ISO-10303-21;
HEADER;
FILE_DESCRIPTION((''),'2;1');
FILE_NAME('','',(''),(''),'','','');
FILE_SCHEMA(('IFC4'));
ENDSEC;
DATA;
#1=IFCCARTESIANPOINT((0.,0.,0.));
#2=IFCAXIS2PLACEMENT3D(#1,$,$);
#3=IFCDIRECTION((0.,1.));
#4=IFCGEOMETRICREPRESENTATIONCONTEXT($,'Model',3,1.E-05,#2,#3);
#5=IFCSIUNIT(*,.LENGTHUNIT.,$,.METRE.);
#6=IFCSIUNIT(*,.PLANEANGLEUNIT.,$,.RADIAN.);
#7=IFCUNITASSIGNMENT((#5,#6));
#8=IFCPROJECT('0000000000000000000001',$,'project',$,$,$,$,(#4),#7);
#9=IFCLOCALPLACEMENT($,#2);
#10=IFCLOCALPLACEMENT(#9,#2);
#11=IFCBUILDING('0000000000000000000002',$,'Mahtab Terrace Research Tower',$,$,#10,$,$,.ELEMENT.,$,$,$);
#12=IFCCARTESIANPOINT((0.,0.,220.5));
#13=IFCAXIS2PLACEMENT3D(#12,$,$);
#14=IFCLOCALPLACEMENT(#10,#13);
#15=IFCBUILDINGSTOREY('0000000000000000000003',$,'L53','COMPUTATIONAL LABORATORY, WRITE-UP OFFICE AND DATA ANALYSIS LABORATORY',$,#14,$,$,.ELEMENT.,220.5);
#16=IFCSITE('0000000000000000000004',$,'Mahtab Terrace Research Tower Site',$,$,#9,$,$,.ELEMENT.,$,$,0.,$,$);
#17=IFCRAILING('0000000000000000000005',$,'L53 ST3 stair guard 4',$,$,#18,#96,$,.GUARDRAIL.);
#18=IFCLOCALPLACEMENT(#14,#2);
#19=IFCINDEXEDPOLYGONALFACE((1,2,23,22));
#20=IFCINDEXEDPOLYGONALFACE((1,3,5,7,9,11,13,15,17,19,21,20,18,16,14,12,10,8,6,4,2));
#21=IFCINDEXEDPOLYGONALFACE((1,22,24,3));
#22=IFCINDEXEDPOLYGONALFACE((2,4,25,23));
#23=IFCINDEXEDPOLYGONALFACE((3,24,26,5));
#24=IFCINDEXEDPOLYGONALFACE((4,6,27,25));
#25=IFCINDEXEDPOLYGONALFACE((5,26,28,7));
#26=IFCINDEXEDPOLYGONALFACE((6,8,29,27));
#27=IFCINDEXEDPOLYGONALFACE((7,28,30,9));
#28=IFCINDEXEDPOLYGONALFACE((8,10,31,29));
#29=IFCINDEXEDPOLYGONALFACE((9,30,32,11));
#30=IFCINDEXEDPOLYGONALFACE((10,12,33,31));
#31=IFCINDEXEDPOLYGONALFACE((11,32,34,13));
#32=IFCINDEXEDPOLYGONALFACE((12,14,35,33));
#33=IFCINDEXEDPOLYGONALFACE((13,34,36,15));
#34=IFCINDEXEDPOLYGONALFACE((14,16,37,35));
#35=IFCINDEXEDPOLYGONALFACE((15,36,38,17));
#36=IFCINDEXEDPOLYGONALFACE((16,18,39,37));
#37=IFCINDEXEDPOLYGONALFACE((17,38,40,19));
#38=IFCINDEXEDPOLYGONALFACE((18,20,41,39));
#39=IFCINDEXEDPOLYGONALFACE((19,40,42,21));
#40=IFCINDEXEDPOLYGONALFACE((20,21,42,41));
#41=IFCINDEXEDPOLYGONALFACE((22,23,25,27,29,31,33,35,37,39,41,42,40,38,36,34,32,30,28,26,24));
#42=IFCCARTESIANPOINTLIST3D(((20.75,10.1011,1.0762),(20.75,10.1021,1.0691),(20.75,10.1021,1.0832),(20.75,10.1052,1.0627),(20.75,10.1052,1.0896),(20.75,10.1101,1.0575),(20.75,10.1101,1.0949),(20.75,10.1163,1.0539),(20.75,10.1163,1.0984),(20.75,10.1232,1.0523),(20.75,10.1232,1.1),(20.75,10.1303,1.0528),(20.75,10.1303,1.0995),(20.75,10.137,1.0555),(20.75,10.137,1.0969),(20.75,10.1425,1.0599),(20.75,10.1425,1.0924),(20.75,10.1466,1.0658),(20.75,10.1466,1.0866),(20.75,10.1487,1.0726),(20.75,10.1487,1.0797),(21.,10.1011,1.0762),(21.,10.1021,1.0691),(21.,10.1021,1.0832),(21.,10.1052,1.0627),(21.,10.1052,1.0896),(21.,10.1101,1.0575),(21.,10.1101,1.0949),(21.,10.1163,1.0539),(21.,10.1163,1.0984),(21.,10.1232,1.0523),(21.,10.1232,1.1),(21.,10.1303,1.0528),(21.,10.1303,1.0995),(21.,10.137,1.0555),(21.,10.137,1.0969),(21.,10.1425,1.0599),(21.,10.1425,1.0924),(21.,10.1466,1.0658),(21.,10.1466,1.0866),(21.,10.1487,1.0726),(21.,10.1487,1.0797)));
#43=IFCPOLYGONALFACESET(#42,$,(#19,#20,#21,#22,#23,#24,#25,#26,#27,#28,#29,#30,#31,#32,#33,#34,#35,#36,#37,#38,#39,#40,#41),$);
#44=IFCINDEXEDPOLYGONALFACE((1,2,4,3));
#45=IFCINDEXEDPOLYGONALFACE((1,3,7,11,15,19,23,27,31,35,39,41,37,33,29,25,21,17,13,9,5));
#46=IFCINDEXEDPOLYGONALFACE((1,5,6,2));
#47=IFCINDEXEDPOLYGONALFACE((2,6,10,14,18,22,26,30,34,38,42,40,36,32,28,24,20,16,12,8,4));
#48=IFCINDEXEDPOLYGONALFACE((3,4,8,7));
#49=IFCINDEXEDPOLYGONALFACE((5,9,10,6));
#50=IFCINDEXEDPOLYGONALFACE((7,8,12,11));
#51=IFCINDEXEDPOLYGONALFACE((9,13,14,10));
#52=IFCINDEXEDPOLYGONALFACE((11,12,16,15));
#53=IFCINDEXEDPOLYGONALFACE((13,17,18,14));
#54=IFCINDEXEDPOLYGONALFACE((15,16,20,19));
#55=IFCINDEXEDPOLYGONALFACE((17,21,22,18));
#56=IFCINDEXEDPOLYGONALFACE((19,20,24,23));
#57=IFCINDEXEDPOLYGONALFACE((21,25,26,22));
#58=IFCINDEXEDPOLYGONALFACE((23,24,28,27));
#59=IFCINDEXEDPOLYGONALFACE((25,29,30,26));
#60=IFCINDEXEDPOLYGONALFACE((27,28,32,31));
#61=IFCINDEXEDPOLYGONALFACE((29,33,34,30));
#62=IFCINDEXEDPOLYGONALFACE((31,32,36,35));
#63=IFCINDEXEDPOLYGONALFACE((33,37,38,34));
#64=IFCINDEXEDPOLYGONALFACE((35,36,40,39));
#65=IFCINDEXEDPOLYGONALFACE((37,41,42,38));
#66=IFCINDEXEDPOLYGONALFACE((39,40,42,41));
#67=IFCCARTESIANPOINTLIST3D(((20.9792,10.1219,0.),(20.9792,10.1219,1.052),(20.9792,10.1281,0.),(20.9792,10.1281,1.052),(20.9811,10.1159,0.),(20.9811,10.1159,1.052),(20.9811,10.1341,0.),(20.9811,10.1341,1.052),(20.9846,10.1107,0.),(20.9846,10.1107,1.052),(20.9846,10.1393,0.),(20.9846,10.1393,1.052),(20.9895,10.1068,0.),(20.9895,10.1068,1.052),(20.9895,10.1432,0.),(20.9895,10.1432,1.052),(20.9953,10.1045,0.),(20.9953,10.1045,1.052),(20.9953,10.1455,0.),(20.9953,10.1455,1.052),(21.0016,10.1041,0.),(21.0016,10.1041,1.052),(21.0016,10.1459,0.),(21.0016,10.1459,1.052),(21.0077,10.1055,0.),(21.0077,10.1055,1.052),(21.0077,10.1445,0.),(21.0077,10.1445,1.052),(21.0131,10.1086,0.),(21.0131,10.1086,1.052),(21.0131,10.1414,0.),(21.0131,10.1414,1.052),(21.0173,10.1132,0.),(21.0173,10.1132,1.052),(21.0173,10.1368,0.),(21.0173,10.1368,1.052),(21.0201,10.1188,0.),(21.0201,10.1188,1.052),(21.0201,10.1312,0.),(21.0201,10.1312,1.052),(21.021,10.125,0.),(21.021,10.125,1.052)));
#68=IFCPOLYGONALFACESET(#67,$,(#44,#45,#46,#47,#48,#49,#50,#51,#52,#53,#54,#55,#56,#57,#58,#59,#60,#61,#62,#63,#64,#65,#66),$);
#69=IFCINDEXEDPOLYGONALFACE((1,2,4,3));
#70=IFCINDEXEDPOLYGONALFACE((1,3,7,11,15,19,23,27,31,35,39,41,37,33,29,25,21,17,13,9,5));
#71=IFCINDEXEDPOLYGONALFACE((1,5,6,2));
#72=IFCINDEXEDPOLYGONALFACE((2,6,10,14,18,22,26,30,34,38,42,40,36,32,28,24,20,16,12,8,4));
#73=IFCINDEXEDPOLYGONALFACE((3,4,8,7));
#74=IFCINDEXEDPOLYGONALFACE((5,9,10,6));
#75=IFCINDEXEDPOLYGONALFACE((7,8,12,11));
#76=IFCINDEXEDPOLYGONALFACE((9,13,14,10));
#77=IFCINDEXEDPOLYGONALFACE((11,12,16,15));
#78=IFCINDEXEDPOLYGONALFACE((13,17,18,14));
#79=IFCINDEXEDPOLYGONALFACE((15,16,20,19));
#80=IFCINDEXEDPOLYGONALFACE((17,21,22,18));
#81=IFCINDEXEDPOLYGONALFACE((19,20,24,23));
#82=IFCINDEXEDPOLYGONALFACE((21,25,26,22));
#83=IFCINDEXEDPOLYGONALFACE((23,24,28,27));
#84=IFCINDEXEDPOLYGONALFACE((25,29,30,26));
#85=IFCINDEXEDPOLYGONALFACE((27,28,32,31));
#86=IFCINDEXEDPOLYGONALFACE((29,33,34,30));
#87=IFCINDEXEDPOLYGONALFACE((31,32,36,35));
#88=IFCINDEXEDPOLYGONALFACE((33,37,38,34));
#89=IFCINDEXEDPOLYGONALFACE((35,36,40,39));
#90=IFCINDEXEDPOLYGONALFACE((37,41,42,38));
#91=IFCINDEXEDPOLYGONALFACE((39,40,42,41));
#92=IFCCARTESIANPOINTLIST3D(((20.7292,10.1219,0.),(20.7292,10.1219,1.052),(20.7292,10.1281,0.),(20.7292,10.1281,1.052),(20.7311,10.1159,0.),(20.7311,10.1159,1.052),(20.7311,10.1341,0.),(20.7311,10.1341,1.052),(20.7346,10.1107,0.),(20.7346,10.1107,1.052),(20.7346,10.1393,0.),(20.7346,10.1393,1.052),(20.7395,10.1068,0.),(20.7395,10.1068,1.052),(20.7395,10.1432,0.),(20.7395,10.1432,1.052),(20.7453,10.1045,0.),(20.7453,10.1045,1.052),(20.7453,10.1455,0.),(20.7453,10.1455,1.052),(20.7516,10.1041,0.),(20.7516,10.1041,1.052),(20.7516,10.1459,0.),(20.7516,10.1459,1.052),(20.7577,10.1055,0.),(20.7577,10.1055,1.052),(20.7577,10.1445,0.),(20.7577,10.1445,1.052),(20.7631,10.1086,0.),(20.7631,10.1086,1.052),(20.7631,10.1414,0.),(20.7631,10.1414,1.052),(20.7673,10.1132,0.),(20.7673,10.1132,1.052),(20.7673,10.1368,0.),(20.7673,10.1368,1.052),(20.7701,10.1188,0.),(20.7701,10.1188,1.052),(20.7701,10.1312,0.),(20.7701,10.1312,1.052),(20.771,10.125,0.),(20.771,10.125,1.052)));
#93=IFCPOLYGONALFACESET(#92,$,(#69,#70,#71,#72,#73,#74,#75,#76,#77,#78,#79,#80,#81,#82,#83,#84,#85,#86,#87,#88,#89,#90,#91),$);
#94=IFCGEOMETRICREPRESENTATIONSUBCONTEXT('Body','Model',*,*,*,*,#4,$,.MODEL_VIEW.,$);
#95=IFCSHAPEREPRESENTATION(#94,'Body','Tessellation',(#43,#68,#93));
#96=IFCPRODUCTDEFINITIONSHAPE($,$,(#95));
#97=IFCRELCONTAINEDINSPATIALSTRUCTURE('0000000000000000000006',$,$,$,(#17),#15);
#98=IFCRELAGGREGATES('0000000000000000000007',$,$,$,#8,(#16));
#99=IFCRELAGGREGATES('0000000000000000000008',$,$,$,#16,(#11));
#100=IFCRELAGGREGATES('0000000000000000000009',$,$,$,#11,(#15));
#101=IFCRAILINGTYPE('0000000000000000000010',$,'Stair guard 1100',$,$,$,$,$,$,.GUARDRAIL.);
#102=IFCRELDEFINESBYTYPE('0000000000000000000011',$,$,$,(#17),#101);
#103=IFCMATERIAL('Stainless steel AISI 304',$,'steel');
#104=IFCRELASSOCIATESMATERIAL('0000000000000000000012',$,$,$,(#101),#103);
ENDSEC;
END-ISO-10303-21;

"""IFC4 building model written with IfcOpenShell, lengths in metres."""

from ifc_helpers import new_model, si_unit, direction, frame, origin, origin_2d, place, context, subcontext, project, spatial, circle, extrude, material, type_object, element, save


model = new_model("IFC4")

# Units and contexts
model_context = context("Model", 3, precision=1e-05, world=origin(), true_north=direction((0.0, 1.0)))
body_context = subcontext(model_context, "Body", "Model", "MODEL_VIEW")
ifc_project = project(units=[si_unit("LENGTHUNIT", "METRE"), si_unit("PLANEANGLEUNIT", "RADIAN")], contexts=[model_context])

# Site, building, storey
site_placement = place(None, origin())
site = spatial("IfcSite", under=ifc_project, at=site_placement, Name="Mahtab Terrace Research Tower Site", CompositionType="ELEMENT", RefElevation=0.0)
building_placement = place(site_placement, origin())
building = spatial("IfcBuilding", under=site, at=building_placement, Name="Mahtab Terrace Research Tower", CompositionType="ELEMENT")
storey_placement = place(building_placement, frame((0.0, 0.0, 220.5)))
storey = spatial("IfcBuildingStorey", under=building, at=storey_placement, Name="L53", Description="COMPUTATIONAL LABORATORY, WRITE-UP OFFICE AND DATA ANALYSIS LABORATORY", CompositionType="ELEMENT", Elevation=220.5)

# Railing
ifc_material_1 = material(Name="Stainless steel AISI 304", Category="steel")
railing_type_1 = type_object("IfcRailingType", Name="Stair guard 1100", PredefinedType="GUARDRAIL", material=ifc_material_1)
railing_1_placement = place(storey_placement, frame((21.0, 10.125, 0.0)))
element("IfcRailing", 1, at=railing_1_placement, inside=storey, type_object=railing_type_1, Name="L53 ST3 stair guard 4", PredefinedType="GUARDRAIL", context=body_context, shape_type="SweptSolid", body=[
    extrude(circle(Radius=0.0239, at=origin_2d()), frame((0.0, 0.0, 1.0762), z_axis=(-1.0, 0.0, 0.0), x_axis=(0.0, -1.0, 0.0)), (0.0, 0.0, 1.0), 0.25),
    extrude(circle(Radius=0.021, at=origin_2d()), origin(), (0.0, 0.0, 1.0), 1.052),
    extrude(circle(Radius=0.021, at=origin_2d()), frame((-0.25, 0.0, 0.0)), (0.0, 0.0, 1.0), 1.052),
])

save(model, "model.ifc")
